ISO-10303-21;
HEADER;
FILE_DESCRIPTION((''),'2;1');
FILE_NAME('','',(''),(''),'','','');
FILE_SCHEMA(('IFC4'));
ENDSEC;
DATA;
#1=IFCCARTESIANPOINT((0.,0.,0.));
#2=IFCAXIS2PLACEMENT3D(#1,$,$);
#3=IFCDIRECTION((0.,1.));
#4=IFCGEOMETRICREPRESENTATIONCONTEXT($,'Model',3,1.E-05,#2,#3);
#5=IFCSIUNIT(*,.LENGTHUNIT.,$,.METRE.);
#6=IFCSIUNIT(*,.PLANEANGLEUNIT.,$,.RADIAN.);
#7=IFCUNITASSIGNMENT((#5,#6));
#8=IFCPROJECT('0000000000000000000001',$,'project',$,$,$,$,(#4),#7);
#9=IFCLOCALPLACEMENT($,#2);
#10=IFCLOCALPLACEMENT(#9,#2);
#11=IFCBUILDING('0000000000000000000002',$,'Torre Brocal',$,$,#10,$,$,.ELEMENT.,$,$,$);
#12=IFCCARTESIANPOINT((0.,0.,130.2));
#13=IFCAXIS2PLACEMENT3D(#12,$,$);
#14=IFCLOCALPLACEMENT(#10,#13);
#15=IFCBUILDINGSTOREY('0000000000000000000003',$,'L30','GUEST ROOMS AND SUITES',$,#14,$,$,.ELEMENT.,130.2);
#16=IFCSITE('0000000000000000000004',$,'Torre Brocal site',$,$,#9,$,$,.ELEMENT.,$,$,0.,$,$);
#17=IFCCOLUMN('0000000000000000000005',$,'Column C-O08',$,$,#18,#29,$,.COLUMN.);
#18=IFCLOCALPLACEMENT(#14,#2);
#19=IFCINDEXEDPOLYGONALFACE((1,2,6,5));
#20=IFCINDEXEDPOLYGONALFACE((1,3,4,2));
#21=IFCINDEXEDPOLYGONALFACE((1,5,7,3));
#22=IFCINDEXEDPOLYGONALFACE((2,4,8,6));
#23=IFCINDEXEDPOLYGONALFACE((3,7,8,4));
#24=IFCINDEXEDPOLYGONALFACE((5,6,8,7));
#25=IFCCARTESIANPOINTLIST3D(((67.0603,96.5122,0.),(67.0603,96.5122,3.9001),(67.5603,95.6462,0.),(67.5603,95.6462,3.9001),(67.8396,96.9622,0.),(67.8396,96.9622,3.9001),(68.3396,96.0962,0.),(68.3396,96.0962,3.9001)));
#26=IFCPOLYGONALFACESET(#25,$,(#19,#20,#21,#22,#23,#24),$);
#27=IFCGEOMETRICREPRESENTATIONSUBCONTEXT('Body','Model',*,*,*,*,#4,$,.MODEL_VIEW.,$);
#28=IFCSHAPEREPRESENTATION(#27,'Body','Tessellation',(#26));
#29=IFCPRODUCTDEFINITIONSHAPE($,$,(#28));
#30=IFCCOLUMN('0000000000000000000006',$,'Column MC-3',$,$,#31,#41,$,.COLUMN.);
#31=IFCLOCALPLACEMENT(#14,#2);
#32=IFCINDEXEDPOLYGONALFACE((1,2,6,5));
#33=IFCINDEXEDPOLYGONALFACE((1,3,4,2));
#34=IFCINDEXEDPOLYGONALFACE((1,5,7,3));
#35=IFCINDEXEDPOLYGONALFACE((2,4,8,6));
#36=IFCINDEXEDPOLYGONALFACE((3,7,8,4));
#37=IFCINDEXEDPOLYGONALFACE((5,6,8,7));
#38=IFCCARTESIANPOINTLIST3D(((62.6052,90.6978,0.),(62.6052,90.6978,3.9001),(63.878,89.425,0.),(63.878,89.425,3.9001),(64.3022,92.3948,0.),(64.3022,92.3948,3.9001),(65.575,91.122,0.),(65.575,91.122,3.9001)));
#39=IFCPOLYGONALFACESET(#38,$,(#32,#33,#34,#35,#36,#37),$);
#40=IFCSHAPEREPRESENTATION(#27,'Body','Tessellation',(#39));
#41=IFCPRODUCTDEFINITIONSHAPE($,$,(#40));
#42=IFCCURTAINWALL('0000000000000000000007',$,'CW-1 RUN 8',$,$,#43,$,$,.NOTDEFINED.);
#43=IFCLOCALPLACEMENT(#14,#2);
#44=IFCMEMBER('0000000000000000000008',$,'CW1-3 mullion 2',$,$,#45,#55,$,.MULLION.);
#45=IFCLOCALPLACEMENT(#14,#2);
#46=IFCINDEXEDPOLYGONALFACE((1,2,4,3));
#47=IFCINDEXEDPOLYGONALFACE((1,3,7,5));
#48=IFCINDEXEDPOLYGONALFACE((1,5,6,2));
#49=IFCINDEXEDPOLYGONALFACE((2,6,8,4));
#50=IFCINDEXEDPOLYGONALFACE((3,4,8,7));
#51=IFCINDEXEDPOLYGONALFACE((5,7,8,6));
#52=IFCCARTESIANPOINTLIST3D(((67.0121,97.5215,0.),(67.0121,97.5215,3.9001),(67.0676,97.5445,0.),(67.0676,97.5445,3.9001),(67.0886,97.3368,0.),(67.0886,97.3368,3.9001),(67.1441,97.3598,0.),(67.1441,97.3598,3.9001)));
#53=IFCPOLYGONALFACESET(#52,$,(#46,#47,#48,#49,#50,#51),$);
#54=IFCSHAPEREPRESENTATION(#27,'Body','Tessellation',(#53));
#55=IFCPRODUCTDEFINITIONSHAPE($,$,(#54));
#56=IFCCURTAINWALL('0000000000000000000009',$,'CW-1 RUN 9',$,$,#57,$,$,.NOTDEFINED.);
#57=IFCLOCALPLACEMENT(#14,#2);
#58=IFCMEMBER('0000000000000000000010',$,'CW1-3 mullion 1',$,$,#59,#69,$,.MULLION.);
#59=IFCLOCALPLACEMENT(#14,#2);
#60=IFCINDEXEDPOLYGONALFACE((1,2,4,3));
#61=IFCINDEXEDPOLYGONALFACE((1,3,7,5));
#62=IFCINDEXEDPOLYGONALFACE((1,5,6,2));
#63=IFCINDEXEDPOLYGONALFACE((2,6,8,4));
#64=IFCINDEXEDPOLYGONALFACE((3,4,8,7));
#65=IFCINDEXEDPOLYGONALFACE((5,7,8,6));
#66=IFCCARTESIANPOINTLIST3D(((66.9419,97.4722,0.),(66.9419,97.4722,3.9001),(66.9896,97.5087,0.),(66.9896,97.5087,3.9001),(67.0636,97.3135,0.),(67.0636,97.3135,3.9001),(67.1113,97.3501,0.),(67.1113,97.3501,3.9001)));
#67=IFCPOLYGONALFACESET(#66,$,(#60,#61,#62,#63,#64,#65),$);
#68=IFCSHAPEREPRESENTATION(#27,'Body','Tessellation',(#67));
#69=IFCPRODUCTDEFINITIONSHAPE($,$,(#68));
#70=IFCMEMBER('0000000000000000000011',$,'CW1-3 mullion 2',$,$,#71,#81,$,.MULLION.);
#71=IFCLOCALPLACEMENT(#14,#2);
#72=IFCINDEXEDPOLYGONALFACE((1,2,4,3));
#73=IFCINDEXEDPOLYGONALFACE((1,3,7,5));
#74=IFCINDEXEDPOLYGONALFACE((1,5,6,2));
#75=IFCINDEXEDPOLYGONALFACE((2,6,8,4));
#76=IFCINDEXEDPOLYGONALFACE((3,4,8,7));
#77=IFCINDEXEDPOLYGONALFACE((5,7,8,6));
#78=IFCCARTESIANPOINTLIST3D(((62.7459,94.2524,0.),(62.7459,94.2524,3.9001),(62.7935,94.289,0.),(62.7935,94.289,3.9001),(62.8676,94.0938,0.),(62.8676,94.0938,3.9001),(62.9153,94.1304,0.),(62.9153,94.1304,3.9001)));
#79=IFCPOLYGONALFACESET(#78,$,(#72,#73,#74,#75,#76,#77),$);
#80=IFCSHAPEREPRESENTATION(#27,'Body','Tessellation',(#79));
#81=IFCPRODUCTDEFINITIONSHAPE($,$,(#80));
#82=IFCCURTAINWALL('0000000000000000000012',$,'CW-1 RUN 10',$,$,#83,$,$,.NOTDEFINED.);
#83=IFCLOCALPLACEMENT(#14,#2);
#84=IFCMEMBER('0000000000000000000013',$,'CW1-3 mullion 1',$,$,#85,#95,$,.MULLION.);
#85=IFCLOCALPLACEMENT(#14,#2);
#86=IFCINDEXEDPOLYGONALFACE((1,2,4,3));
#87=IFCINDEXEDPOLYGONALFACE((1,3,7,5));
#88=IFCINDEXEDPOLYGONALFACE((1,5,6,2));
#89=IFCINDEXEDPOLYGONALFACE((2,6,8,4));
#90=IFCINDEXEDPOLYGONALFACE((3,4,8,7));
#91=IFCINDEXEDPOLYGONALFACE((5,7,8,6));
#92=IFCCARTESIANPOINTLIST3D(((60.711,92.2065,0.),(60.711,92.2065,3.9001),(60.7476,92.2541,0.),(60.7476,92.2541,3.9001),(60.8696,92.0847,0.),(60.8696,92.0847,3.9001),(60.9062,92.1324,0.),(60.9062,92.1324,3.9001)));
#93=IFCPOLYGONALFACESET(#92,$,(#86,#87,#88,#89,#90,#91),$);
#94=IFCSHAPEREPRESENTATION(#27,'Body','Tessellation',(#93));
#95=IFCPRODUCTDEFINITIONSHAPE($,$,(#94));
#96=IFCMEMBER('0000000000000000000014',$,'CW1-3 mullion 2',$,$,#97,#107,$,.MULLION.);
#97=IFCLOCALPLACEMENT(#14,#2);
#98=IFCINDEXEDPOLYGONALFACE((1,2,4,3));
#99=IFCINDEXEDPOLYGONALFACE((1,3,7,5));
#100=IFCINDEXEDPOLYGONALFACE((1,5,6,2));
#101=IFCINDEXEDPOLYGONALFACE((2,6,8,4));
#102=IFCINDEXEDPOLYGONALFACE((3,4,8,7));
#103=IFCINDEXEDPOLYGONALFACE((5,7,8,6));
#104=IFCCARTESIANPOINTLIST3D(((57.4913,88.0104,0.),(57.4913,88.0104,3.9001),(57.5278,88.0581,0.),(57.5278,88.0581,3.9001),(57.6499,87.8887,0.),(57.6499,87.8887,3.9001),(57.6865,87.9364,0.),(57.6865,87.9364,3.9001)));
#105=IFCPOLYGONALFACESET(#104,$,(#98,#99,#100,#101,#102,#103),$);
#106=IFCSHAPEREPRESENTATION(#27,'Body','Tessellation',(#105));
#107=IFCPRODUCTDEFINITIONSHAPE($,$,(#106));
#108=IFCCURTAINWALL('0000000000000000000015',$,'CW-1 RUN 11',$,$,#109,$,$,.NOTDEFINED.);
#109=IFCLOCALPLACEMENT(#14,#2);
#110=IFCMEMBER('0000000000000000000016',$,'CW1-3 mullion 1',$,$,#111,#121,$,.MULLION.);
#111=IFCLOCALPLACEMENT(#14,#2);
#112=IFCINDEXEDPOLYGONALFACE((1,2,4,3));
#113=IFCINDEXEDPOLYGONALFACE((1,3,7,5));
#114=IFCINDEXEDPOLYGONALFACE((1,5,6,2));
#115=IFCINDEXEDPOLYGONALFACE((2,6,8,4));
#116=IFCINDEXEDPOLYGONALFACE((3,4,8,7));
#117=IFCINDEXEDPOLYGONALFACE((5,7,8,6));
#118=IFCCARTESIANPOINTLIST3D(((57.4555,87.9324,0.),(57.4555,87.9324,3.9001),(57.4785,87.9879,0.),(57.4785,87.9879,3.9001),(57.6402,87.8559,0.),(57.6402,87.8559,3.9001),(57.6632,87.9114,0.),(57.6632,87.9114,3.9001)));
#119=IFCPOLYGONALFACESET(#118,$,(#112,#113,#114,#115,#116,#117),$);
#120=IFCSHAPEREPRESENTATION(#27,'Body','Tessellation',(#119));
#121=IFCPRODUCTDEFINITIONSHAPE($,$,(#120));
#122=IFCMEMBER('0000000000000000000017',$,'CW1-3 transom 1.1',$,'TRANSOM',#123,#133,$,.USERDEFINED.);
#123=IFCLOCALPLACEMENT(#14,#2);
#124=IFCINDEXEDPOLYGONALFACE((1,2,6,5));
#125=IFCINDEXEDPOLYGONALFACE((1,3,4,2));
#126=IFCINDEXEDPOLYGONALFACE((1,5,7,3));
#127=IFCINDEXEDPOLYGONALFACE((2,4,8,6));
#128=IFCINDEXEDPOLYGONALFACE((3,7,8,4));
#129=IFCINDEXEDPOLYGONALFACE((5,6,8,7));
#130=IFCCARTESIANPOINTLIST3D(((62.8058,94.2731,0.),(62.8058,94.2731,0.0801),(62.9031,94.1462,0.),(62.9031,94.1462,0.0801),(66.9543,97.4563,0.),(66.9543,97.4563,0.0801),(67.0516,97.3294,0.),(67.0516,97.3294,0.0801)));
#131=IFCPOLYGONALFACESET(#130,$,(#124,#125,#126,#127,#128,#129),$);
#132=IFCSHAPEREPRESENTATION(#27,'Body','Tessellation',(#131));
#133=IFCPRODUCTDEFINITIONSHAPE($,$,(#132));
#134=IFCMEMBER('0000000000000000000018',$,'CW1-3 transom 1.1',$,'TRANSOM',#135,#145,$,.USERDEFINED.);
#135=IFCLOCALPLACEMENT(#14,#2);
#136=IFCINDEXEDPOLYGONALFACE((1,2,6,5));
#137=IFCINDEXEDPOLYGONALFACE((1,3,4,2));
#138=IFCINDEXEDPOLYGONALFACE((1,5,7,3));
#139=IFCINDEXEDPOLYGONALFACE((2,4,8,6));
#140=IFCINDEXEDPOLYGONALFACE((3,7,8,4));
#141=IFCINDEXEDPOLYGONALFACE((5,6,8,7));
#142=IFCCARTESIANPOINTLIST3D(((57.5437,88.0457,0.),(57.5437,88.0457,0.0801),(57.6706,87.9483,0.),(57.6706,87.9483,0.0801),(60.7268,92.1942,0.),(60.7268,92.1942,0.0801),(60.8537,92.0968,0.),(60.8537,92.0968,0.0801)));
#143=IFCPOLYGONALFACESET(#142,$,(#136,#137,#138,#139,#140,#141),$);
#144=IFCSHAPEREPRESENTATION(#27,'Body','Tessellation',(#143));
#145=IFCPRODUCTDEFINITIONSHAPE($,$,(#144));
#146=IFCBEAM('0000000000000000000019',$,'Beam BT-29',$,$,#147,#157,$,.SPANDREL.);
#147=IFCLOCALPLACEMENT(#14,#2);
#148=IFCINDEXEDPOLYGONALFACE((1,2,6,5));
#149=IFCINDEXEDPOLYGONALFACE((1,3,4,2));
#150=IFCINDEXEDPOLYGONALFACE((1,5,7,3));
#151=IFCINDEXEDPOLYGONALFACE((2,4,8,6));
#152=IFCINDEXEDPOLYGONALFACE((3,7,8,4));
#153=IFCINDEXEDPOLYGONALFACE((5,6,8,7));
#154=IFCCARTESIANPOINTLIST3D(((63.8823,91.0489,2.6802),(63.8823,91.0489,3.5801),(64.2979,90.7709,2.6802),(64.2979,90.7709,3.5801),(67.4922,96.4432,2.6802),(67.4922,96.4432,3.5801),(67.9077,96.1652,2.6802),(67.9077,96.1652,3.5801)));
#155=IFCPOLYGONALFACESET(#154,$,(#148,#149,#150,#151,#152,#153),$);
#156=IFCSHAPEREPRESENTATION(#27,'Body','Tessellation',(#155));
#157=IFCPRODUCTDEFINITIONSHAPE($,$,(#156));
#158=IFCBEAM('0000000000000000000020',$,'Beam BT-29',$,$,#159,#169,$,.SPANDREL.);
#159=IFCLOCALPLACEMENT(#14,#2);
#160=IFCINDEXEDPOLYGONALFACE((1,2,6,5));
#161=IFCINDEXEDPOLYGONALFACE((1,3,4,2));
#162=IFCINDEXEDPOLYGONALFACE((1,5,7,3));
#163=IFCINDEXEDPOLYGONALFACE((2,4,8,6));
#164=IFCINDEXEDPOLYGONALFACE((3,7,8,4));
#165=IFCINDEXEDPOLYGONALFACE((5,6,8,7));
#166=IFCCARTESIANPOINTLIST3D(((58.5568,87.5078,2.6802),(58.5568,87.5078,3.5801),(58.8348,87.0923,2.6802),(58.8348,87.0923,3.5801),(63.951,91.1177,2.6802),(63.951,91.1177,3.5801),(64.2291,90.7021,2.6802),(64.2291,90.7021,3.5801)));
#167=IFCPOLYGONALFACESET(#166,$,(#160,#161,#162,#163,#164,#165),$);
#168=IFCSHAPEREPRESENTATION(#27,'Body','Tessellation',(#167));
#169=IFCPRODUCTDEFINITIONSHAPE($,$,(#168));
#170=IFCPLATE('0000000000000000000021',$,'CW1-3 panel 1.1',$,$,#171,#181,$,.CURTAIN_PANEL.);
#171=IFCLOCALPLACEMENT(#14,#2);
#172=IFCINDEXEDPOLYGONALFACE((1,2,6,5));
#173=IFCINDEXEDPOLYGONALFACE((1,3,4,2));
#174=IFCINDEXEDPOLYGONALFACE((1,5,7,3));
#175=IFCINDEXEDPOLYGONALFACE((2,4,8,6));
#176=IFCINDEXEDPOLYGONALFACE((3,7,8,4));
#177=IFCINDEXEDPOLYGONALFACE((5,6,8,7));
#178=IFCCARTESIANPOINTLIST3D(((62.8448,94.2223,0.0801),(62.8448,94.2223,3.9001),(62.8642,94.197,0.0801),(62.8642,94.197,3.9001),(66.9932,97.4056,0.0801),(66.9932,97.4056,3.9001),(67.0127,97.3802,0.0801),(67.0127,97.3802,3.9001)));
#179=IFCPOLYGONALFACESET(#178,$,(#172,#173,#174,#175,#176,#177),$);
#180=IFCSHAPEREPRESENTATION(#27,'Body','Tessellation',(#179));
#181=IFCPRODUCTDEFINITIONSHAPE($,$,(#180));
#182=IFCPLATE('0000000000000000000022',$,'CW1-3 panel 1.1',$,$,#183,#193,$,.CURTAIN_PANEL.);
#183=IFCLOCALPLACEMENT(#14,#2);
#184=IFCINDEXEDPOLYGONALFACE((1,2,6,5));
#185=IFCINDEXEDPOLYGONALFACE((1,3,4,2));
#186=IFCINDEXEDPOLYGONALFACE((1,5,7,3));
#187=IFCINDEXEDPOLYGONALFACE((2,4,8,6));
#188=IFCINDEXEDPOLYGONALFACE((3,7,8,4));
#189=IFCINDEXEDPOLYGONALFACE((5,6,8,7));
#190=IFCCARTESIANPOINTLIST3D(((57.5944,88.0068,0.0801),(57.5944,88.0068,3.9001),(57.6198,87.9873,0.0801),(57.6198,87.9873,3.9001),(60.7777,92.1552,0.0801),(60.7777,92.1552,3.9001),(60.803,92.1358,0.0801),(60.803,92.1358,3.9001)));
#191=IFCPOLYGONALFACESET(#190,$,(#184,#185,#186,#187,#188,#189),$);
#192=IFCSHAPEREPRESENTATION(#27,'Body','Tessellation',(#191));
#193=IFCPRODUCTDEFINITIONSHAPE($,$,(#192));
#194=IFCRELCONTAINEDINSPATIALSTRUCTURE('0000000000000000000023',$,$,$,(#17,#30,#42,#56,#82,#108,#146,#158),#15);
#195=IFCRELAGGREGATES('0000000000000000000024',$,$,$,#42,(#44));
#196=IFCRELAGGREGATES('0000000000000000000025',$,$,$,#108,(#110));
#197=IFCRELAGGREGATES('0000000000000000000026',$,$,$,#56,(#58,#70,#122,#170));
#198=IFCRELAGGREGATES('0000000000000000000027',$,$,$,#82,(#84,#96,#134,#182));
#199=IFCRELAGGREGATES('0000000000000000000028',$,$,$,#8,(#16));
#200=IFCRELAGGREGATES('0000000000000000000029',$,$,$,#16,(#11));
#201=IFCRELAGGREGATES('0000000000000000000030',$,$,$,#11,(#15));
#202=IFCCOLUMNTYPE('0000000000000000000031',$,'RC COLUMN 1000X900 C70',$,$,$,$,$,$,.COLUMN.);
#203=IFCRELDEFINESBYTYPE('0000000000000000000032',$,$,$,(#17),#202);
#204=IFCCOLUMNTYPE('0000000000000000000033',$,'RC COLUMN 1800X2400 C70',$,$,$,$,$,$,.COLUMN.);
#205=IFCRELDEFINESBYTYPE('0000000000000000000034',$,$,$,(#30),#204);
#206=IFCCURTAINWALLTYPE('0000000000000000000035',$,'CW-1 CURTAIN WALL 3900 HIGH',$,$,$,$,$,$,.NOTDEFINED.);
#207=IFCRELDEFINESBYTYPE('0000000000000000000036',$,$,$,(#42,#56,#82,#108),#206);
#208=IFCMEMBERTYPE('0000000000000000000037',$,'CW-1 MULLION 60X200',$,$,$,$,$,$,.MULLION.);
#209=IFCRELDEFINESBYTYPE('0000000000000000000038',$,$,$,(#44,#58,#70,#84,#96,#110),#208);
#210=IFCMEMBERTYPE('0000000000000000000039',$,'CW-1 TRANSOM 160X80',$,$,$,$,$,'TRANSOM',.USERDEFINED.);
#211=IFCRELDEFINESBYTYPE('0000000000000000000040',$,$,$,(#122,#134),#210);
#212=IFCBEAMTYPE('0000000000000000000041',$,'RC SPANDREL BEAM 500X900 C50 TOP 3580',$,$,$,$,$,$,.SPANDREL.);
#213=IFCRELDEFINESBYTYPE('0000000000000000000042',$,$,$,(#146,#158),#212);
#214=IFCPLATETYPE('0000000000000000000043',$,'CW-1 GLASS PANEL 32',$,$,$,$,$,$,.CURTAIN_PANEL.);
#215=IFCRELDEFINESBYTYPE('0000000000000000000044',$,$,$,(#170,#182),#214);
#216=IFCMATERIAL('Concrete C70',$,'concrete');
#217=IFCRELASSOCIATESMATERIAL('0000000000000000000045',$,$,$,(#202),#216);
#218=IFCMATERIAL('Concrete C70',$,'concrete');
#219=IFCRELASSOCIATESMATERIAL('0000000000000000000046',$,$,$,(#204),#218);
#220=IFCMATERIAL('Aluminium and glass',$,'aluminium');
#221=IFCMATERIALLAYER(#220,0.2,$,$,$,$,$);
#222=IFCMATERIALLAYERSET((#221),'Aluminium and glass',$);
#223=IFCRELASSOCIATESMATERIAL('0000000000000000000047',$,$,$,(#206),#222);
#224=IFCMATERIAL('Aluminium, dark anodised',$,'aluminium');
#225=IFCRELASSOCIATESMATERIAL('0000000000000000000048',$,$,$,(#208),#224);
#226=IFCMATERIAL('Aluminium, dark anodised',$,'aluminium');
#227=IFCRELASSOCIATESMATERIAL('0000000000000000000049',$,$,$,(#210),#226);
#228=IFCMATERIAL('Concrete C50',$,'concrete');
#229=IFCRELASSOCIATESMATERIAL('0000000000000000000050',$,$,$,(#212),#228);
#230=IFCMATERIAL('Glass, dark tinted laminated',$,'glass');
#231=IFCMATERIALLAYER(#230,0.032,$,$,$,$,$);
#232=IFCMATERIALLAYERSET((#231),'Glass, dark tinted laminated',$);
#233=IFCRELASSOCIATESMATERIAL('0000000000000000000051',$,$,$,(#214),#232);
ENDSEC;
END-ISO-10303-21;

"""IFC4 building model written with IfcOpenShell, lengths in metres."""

from ifc_helpers import new_model, si_unit, direction, frame, origin, origin_2d, place, context, subcontext, project, spatial, rectangle, extrude, material, layer, layer_set, material_profile, profile_set, type_object, element, aggregate, save


model = new_model("IFC4")

# Units and contexts
model_context = context("Model", 3, precision=1e-05, world=origin(), true_north=direction((0.0, 1.0)))
body_context = subcontext(model_context, "Body", "Model", "MODEL_VIEW")
ifc_project = project(units=[si_unit("LENGTHUNIT", "METRE"), si_unit("PLANEANGLEUNIT", "RADIAN")], contexts=[model_context])

# Site, building, storey
site_placement = place(None, origin())
site = spatial("IfcSite", under=ifc_project, at=site_placement, Name="Torre Brocal site", CompositionType="ELEMENT", RefElevation=0.0)
building_placement = place(site_placement, origin())
building = spatial("IfcBuilding", under=site, at=building_placement, Name="Torre Brocal", CompositionType="ELEMENT")
storey_placement = place(building_placement, frame((0.0, 0.0, 130.2)))
storey = spatial("IfcBuildingStorey", under=building, at=storey_placement, Name="L30", Description="GUEST ROOMS AND SUITES", CompositionType="ELEMENT", Elevation=130.2)

# Columns
ifc_material_1 = material(Name="Concrete C70", Category="concrete")
ifc_material_profile_1 = material_profile(ifc_material_1, rectangle(XDim=1.0, YDim=0.8999, at=origin_2d()), Name="RC 1000X900")
ifc_profile_set_1 = profile_set([ifc_material_profile_1], Name="Concrete C70")
column_type_1 = type_object("IfcColumnType", Name="RC COLUMN 1000X900 C70", PredefinedType="COLUMN", material=ifc_profile_set_1)
column_1_placement = place(storey_placement, frame((67.7, 96.3042, 0.0), z_axis=(0.0, 0.0, 1.0), x_axis=(-0.5, 0.866025, 0.0)))
element("IfcColumn", 1, at=column_1_placement, inside=storey, type_object=column_type_1, Name="Column C-O08", PredefinedType="COLUMN", context=body_context, shape_type="SweptSolid", body=[
    extrude(rectangle(XDim=1.0, YDim=0.8999, at=origin_2d()), origin(), (0.0, 0.0, 1.0), 3.9001),
])
ifc_material_2 = material(Name="Concrete C70", Category="concrete")
ifc_material_profile_2 = material_profile(ifc_material_2, rectangle(XDim=1.8, YDim=2.3999, at=origin_2d()), Name="RC 1800X2400")
ifc_profile_set_2 = profile_set([ifc_material_profile_2], Name="Concrete C70")
column_type_2 = type_object("IfcColumnType", Name="RC COLUMN 1800X2400 C70", PredefinedType="COLUMN", material=ifc_profile_set_2)
column_2_placement = place(storey_placement, frame((64.0901, 90.9099, 0.0), z_axis=(0.0, 0.0, 1.0), x_axis=(-0.707107, 0.707107, 0.0)))
element("IfcColumn", 2, at=column_2_placement, inside=storey, type_object=column_type_2, Name="Column MC-3", PredefinedType="COLUMN", context=body_context, shape_type="SweptSolid", body=[
    extrude(rectangle(XDim=1.8, YDim=2.3999, at=origin_2d()), origin(), (0.0, 0.0, 1.0), 3.9001),
])

# Curtain wall, member
ifc_material_3 = material(Name="Aluminium and glass", Category="aluminium")
ifc_layer_1 = layer(ifc_material_3, 0.2)
ifc_layer_set_1 = layer_set([ifc_layer_1], Name="Aluminium and glass")
curtain_wall_type = type_object("IfcCurtainWallType", Name="CW-1 CURTAIN WALL 3900 HIGH", PredefinedType="NOTDEFINED", material=ifc_layer_set_1)
curtain_wall_1_placement = place(storey_placement, origin())
curtain_wall_1 = element("IfcCurtainWall", 3, at=curtain_wall_1_placement, inside=storey, type_object=curtain_wall_type, Name="CW-1 RUN 8", PredefinedType="NOTDEFINED")
ifc_material_4 = material(Name="Aluminium, dark anodised", Category="aluminium")
ifc_material_profile_3 = material_profile(ifc_material_4, rectangle(XDim=0.2, YDim=0.0601, at=origin_2d()), Name="CW-1 MULLION 60X200")
ifc_profile_set_3 = profile_set([ifc_material_profile_3], Name="Aluminium, dark anodised")
member_type_1 = type_object("IfcMemberType", Name="CW-1 MULLION 60X200", PredefinedType="MULLION", material=ifc_profile_set_3)
member_1_placement = place(storey_placement, frame((67.0781, 97.4407, 0.0), z_axis=(0.0, 0.0, 1.0), x_axis=(0.382683, -0.92388, 0.0)))
member_1 = element("IfcMember", 4, at=member_1_placement, type_object=member_type_1, Name="CW1-3 mullion 2", PredefinedType="MULLION", context=body_context, shape_type="SweptSolid", body=[
    extrude(rectangle(XDim=0.2, YDim=0.0601, at=origin_2d()), origin(), (0.0, 0.0, 1.0), 3.9001),
])
aggregate(curtain_wall_1, [member_1])

# Curtain walls, members
curtain_wall_2_placement = place(storey_placement, origin())
curtain_wall_2 = element("IfcCurtainWall", 5, at=curtain_wall_2_placement, inside=storey, type_object=curtain_wall_type, Name="CW-1 RUN 9", PredefinedType="NOTDEFINED")
member_2_placement = place(storey_placement, frame((67.0266, 97.4111, 0.0), z_axis=(0.0, 0.0, 1.0), x_axis=(0.608761, -0.793353, 0.0)))
member_2 = element("IfcMember", 6, at=member_2_placement, type_object=member_type_1, Name="CW1-3 mullion 1", PredefinedType="MULLION", context=body_context, shape_type="SweptSolid", body=[
    extrude(rectangle(XDim=0.2, YDim=0.0601, at=origin_2d()), origin(), (0.0, 0.0, 1.0), 3.9001),
])
member_3_placement = place(storey_placement, frame((62.8306, 94.1914, 0.0), z_axis=(0.0, 0.0, 1.0), x_axis=(0.608761, -0.793353, 0.0)))
member_3 = element("IfcMember", 7, at=member_3_placement, type_object=member_type_1, Name="CW1-3 mullion 2", PredefinedType="MULLION", context=body_context, shape_type="SweptSolid", body=[
    extrude(rectangle(XDim=0.2, YDim=0.0601, at=origin_2d()), origin(), (0.0, 0.0, 1.0), 3.9001),
])
curtain_wall_3_placement = place(storey_placement, origin())
curtain_wall_3 = element("IfcCurtainWall", 8, at=curtain_wall_3_placement, inside=storey, type_object=curtain_wall_type, Name="CW-1 RUN 10", PredefinedType="NOTDEFINED")
member_4_placement = place(storey_placement, frame((60.8086, 92.1694, 0.0), z_axis=(0.0, 0.0, 1.0), x_axis=(0.793353, -0.608761, 0.0)))
member_4 = element("IfcMember", 9, at=member_4_placement, type_object=member_type_1, Name="CW1-3 mullion 1", PredefinedType="MULLION", context=body_context, shape_type="SweptSolid", body=[
    extrude(rectangle(XDim=0.2, YDim=0.0601, at=origin_2d()), origin(), (0.0, 0.0, 1.0), 3.9001),
])
member_5_placement = place(storey_placement, frame((57.5889, 87.9734, 0.0), z_axis=(0.0, 0.0, 1.0), x_axis=(0.793353, -0.608761, 0.0)))
member_5 = element("IfcMember", 10, at=member_5_placement, type_object=member_type_1, Name="CW1-3 mullion 2", PredefinedType="MULLION", context=body_context, shape_type="SweptSolid", body=[
    extrude(rectangle(XDim=0.2, YDim=0.0601, at=origin_2d()), origin(), (0.0, 0.0, 1.0), 3.9001),
])

# Curtain wall, member
curtain_wall_4_placement = place(storey_placement, origin())
curtain_wall_4 = element("IfcCurtainWall", 11, at=curtain_wall_4_placement, inside=storey, type_object=curtain_wall_type, Name="CW-1 RUN 11", PredefinedType="NOTDEFINED")
member_6_placement = place(storey_placement, frame((57.5593, 87.9219, 0.0), z_axis=(0.0, 0.0, 1.0), x_axis=(0.92388, -0.382683, 0.0)))
member_6 = element("IfcMember", 12, at=member_6_placement, type_object=member_type_1, Name="CW1-3 mullion 1", PredefinedType="MULLION", context=body_context, shape_type="SweptSolid", body=[
    extrude(rectangle(XDim=0.2, YDim=0.0601, at=origin_2d()), origin(), (0.0, 0.0, 1.0), 3.9001),
])
aggregate(curtain_wall_4, [member_6])

# Members
ifc_material_5 = material(Name="Aluminium, dark anodised", Category="aluminium")
ifc_material_profile_4 = material_profile(ifc_material_5, rectangle(XDim=0.1599, YDim=0.0801, at=origin_2d()), Name="CW-1 TRANSOM 160X80")
ifc_profile_set_4 = profile_set([ifc_material_profile_4], Name="Aluminium, dark anodised")
member_type_2 = type_object("IfcMemberType", Name="CW-1 TRANSOM 160X80", ElementType="TRANSOM", PredefinedType="USERDEFINED", material=ifc_profile_set_4)
member_7_placement = place(storey_placement, frame((67.0029, 97.3928, 0.04), z_axis=(-0.793363, -0.608749, 0.0), x_axis=(0.608749, -0.793363, 0.0)))
member_7 = element("IfcMember", 13, at=member_7_placement, type_object=member_type_2, Name="CW1-3 transom 1.1", ObjectType="TRANSOM", PredefinedType="USERDEFINED", context=body_context, shape_type="SweptSolid", body=[
    extrude(rectangle(XDim=0.1599, YDim=0.0801, at=origin_2d()), origin(), (0.0, 0.0, 1.0), 5.229),
])
member_8_placement = place(storey_placement, frame((60.7903, 92.1455, 0.04), z_axis=(-0.608749, -0.793363, 0.0), x_axis=(0.793363, -0.608749, 0.0)))
member_8 = element("IfcMember", 14, at=member_8_placement, type_object=member_type_2, Name="CW1-3 transom 1.1", ObjectType="TRANSOM", PredefinedType="USERDEFINED", context=body_context, shape_type="SweptSolid", body=[
    extrude(rectangle(XDim=0.1599, YDim=0.0801, at=origin_2d()), origin(), (0.0, 0.0, 1.0), 5.229),
])

# Beams
ifc_material_6 = material(Name="Concrete C50", Category="concrete")
ifc_material_profile_5 = material_profile(ifc_material_6, rectangle(XDim=0.5, YDim=0.8999, at=origin_2d()), Name="RC 500X900")
ifc_profile_set_5 = profile_set([ifc_material_profile_5], Name="Concrete C50")
beam_type = type_object("IfcBeamType", Name="RC SPANDREL BEAM 500X900 C50 TOP 3580", PredefinedType="SPANDREL", material=ifc_profile_set_5)
for number, where, z_axis, x_axis, name in (
    (15, (67.7, 96.3042, 3.1301), (-0.556158, -0.831077, 0.0), (0.831077, -0.556158, 0.0), "Beam BT-29"),
    (16, (64.0901, 90.9099, 3.1301), (-0.831077, -0.556158, 0.0), (0.556158, -0.831077, 0.0), "Beam BT-29"),
):
    element("IfcBeam", number, at=place(storey_placement, frame(where, z_axis=z_axis, x_axis=x_axis)), inside=storey, type_object=beam_type, Name=name, PredefinedType="SPANDREL", context=body_context, shape_type="SweptSolid", body=[
        extrude(rectangle(XDim=0.5, YDim=0.8999, at=origin_2d()), origin(), (0.0, 0.0, 1.0), 6.4907),
    ])

# Plates
ifc_material_7 = material(Name="Glass, dark tinted laminated", Category="glass")
ifc_layer_2 = layer(ifc_material_7, 0.032)
ifc_layer_set_2 = layer_set([ifc_layer_2], Name="Glass, dark tinted laminated")
plate_type = type_object("IfcPlateType", Name="CW-1 GLASS PANEL 32", PredefinedType="CURTAIN_PANEL", material=ifc_layer_set_2)
plate_1_placement = place(storey_placement, frame((64.9287, 95.8013, 0.0801), z_axis=(0.0, 0.0, 1.0), x_axis=(-0.793353, -0.608761, 0.0)))
plate_1 = element("IfcPlate", 17, at=plate_1_placement, type_object=plate_type, Name="CW1-3 panel 1.1", PredefinedType="CURTAIN_PANEL", context=body_context, shape_type="SweptSolid", body=[
    extrude(rectangle(XDim=5.229, YDim=0.032, at=origin_2d()), origin(), (0.0, 0.0, 1.0), 3.8201),
])
aggregate(curtain_wall_2, [member_2, member_3, member_7, plate_1])
plate_2_placement = place(storey_placement, frame((59.1987, 90.0713, 0.0801), z_axis=(0.0, 0.0, 1.0), x_axis=(-0.608761, -0.793353, 0.0)))
plate_2 = element("IfcPlate", 18, at=plate_2_placement, type_object=plate_type, Name="CW1-3 panel 1.1", PredefinedType="CURTAIN_PANEL", context=body_context, shape_type="SweptSolid", body=[
    extrude(rectangle(XDim=5.229, YDim=0.032, at=origin_2d()), origin(), (0.0, 0.0, 1.0), 3.8201),
])
aggregate(curtain_wall_3, [member_4, member_5, member_8, plate_2])

save(model, "model.ifc")
